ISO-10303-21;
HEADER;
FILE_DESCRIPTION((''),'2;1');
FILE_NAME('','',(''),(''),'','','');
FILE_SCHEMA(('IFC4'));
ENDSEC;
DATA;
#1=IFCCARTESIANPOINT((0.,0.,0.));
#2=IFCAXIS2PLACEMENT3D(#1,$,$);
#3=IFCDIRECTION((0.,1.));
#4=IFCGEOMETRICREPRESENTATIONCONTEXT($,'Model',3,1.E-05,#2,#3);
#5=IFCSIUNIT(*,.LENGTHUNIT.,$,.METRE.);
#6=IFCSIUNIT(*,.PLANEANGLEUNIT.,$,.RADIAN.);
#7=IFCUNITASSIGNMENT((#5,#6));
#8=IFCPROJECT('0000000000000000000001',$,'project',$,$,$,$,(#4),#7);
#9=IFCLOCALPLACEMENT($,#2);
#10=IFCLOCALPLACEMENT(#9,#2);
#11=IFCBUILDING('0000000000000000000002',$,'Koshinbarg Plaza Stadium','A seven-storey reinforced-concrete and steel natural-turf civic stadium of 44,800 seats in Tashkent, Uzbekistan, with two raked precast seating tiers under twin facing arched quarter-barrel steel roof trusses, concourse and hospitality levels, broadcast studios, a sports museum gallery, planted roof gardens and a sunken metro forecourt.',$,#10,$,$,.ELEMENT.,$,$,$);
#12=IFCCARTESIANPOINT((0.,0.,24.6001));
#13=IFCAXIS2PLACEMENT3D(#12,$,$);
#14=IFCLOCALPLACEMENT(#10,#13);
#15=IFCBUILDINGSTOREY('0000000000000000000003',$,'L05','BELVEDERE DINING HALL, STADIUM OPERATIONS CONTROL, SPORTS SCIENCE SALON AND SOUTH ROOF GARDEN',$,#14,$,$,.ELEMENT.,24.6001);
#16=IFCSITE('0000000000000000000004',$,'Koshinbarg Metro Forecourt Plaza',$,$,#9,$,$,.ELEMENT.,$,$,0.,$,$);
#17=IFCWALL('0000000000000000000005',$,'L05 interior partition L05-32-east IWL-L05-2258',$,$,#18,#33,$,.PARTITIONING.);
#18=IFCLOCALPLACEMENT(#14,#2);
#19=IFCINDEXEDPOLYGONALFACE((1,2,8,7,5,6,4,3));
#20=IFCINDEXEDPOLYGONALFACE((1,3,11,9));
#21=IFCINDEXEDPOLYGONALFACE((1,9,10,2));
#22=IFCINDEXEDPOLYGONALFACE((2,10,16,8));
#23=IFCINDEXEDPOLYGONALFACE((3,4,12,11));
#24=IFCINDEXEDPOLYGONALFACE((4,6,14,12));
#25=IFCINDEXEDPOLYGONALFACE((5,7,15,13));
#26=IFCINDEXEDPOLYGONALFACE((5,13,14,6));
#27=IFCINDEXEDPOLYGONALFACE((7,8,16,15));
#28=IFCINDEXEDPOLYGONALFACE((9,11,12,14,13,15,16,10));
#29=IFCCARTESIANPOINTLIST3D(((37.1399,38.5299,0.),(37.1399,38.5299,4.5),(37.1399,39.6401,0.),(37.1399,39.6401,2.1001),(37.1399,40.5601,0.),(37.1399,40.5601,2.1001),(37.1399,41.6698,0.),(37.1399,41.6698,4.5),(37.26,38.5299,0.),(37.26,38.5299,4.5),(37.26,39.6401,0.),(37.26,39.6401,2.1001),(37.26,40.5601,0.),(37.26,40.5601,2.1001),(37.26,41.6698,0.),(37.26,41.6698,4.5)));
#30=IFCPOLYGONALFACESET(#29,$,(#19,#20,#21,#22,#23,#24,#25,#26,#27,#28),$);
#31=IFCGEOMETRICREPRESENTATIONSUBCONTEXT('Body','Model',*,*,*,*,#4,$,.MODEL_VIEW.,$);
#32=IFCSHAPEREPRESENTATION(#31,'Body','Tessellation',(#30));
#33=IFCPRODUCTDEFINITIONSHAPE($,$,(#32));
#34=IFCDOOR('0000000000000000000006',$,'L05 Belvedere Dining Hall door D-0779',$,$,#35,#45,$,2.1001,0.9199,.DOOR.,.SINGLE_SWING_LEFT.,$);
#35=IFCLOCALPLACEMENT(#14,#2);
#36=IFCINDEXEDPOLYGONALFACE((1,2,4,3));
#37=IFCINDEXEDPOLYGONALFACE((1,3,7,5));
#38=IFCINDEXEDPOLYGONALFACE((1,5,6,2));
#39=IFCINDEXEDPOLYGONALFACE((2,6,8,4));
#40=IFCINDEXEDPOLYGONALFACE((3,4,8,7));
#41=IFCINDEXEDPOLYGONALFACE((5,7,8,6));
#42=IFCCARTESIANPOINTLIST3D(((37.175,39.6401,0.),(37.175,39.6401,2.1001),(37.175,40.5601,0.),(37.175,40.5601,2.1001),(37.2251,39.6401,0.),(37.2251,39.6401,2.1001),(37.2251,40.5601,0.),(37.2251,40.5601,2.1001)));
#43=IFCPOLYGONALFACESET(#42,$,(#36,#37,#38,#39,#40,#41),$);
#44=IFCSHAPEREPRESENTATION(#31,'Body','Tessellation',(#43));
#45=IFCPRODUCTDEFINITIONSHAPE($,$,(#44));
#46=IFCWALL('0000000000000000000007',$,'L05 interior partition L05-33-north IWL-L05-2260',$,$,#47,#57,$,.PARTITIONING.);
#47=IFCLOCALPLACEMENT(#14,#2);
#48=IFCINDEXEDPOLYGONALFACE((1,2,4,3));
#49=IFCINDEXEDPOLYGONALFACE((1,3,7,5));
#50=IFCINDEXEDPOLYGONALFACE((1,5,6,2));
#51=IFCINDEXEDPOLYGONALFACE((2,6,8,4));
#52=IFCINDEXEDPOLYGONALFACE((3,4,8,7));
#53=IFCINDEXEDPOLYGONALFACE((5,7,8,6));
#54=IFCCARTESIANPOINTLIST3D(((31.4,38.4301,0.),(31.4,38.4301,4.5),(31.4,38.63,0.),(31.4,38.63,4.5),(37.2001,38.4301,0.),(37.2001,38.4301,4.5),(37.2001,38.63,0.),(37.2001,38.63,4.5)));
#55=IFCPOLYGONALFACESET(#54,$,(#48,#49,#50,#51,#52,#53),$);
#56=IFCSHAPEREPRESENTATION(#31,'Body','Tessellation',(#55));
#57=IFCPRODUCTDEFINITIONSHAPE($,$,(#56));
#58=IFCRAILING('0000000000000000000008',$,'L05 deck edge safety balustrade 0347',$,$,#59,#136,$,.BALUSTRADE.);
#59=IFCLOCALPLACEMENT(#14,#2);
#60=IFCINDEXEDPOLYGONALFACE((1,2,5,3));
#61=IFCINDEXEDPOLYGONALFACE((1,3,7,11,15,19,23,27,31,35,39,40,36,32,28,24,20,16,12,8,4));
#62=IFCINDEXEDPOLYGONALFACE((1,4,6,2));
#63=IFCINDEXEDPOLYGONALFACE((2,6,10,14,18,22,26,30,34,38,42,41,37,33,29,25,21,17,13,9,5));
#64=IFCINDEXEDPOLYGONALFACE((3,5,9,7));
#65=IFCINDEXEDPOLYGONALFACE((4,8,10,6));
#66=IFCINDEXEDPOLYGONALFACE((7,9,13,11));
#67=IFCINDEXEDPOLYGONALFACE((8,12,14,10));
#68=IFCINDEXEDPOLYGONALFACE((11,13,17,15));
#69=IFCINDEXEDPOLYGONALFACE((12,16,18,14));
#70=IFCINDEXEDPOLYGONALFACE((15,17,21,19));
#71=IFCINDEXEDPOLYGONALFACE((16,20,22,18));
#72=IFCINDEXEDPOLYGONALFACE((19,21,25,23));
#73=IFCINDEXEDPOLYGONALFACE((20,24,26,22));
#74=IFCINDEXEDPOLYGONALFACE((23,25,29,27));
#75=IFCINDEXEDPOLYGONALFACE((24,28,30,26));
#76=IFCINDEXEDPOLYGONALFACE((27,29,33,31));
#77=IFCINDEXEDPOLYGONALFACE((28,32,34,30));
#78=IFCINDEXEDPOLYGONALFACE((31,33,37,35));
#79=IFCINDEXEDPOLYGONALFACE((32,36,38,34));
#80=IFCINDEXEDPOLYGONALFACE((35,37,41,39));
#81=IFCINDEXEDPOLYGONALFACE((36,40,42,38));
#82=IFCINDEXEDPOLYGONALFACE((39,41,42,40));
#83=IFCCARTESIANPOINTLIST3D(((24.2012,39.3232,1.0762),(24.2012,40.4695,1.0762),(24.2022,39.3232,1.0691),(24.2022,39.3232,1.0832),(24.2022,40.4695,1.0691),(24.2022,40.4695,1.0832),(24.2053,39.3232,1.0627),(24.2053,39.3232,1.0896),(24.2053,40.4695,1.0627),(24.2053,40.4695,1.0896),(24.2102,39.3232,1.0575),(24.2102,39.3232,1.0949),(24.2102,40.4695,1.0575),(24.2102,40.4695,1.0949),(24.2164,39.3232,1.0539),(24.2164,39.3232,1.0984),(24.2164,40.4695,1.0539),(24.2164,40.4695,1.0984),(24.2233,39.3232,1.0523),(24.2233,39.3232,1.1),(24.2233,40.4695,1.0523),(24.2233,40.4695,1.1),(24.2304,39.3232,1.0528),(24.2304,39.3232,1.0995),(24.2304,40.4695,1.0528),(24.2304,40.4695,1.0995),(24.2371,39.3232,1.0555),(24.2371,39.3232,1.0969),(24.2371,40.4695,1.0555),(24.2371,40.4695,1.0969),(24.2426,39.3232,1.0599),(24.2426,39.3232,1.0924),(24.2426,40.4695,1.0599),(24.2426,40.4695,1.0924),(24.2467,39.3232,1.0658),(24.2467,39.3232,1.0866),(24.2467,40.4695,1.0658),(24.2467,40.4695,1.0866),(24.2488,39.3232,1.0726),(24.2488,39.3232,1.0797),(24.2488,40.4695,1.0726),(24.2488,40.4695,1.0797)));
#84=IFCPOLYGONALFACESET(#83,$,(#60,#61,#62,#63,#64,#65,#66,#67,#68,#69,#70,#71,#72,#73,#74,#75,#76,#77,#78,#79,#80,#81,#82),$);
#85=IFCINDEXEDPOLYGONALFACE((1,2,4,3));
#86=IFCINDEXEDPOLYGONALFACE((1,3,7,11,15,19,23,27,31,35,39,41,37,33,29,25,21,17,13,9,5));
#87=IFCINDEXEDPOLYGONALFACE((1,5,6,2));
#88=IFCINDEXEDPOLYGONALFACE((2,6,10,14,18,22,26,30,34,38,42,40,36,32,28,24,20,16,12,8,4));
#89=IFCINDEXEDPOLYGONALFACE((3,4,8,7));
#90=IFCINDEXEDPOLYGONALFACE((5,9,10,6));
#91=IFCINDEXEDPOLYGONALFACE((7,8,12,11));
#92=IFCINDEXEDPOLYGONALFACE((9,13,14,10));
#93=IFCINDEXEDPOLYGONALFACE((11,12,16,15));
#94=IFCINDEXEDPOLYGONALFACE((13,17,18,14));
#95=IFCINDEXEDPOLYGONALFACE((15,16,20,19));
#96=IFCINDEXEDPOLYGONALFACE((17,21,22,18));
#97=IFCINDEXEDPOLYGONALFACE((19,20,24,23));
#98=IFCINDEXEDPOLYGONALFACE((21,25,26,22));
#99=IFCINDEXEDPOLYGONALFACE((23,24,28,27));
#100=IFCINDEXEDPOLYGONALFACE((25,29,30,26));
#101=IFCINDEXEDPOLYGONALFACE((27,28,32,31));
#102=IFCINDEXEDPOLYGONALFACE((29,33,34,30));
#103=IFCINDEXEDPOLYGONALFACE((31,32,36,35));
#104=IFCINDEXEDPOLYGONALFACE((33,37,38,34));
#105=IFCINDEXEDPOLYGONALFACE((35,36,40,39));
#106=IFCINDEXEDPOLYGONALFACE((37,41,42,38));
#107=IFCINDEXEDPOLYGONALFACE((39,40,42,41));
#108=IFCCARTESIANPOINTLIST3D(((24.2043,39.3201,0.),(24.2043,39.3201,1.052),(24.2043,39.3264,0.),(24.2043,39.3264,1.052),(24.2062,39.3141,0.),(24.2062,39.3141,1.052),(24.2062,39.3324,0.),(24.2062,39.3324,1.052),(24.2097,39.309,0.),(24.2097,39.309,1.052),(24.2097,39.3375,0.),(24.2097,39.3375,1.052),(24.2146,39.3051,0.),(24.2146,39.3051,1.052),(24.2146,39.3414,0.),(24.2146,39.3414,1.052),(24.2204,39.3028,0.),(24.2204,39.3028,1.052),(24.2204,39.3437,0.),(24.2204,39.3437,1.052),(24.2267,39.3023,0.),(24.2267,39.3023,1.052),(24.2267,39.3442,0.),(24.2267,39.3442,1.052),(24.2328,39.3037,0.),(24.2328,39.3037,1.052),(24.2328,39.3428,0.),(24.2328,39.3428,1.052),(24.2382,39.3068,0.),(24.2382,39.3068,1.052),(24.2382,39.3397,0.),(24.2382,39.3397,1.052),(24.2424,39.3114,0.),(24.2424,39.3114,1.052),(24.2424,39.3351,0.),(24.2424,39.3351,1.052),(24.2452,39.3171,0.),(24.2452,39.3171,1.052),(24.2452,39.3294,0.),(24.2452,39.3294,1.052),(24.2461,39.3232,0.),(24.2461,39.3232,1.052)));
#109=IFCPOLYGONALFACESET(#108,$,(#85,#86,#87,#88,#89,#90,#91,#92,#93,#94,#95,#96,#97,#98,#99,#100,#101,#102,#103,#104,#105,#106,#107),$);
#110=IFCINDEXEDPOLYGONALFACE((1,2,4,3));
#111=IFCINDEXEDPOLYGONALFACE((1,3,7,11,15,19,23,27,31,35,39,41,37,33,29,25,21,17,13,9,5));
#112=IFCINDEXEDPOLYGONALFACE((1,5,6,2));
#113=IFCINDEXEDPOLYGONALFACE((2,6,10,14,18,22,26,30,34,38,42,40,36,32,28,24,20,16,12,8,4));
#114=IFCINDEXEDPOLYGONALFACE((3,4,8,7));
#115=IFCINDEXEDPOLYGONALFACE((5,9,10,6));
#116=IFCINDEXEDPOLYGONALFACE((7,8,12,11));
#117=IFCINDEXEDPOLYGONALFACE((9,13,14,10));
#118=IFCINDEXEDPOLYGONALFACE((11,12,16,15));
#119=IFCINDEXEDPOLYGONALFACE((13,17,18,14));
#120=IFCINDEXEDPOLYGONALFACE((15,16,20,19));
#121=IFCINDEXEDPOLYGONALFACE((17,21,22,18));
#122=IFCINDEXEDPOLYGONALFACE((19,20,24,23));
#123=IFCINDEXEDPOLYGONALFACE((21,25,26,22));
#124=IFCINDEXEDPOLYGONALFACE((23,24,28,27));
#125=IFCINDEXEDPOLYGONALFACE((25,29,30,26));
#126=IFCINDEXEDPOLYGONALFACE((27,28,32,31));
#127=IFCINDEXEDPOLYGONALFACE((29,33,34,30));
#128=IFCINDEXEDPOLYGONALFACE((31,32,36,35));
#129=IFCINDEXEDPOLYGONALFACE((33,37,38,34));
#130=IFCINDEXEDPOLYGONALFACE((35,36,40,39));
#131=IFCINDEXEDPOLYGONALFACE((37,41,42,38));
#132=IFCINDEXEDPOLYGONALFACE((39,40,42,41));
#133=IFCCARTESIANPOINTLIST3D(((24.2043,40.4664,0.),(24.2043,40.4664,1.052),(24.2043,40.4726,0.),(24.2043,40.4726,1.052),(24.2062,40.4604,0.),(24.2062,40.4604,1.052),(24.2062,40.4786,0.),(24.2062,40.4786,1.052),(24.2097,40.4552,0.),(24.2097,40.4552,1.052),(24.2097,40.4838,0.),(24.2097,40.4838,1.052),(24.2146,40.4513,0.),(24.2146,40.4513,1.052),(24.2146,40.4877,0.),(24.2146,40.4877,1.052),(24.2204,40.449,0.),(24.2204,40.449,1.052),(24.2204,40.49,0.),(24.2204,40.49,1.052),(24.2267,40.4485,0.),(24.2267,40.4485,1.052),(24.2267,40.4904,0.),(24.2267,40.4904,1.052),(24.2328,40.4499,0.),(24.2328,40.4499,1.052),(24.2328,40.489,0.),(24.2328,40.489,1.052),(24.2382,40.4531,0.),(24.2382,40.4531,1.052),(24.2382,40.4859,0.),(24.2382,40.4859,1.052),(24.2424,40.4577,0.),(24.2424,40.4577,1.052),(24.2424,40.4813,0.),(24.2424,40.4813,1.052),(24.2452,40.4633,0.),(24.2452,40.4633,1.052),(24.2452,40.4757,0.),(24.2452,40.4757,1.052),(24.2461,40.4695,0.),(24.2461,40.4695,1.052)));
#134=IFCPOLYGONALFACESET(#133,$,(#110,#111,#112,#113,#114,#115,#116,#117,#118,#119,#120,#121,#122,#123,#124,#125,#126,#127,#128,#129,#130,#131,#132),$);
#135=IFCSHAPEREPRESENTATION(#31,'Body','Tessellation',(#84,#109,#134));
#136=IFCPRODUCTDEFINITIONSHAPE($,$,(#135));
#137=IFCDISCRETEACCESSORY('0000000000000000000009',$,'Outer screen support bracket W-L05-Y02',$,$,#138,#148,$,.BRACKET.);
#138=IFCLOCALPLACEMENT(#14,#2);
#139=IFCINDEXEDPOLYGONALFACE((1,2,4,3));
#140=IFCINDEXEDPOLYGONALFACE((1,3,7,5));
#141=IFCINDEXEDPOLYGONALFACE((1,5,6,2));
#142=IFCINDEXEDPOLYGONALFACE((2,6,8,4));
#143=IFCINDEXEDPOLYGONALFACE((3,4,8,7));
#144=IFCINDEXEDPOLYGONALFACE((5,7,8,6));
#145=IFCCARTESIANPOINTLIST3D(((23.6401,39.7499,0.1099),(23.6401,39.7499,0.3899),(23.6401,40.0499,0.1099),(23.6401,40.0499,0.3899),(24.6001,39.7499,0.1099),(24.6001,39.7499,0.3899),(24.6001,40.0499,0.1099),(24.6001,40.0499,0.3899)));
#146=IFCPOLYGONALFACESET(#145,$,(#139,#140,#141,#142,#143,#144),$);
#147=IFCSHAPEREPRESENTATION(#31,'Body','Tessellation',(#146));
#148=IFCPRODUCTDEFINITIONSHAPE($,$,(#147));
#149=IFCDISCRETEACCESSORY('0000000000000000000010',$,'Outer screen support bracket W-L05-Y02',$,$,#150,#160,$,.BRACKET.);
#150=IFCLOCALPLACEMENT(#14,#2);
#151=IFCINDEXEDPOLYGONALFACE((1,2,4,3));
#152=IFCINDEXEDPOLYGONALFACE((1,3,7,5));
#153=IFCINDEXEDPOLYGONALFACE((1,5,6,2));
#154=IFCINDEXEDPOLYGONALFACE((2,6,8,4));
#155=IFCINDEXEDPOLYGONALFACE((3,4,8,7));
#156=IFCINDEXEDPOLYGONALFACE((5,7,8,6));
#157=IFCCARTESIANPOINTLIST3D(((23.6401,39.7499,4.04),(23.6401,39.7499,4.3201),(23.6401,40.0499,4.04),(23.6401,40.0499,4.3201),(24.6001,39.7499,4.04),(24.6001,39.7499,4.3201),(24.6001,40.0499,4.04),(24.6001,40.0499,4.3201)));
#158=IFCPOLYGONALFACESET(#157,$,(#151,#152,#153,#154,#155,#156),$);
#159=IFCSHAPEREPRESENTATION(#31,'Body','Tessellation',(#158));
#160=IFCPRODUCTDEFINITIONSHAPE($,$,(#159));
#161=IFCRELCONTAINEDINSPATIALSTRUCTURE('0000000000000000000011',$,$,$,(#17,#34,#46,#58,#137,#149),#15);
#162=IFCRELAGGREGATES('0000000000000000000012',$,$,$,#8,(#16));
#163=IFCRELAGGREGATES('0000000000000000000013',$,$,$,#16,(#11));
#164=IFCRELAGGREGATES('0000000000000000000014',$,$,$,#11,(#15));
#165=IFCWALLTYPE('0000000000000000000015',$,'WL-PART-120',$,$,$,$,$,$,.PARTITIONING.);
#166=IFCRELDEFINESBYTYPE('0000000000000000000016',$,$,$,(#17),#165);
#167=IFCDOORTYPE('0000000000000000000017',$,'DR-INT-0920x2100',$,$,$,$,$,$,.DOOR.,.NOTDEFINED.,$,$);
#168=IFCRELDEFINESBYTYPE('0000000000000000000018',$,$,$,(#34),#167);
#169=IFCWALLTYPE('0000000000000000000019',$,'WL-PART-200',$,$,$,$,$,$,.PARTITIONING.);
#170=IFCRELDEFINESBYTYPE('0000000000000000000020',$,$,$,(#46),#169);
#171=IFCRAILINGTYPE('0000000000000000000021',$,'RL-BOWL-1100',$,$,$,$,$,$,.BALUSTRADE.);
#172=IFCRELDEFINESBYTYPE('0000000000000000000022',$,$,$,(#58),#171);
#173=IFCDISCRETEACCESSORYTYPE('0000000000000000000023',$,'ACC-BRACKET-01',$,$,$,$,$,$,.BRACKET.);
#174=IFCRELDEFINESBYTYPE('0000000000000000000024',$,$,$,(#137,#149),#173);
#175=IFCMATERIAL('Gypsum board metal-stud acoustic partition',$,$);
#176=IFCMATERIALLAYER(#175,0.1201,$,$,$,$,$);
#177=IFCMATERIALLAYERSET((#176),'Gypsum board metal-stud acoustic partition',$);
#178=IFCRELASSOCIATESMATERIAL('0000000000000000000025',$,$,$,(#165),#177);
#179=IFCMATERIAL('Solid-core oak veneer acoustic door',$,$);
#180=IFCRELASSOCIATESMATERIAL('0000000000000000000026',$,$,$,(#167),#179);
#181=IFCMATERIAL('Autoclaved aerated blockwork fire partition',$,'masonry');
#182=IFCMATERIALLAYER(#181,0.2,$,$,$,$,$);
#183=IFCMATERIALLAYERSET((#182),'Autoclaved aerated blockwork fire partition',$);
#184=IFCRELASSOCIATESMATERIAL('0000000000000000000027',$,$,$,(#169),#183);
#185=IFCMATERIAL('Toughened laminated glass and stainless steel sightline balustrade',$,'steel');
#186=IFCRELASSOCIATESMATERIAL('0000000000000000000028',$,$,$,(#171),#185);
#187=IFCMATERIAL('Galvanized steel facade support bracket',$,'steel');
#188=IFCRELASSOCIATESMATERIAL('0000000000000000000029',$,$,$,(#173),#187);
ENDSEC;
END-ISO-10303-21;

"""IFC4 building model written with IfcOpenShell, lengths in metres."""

from ifc_helpers import new_model, si_unit, direction, frame, frame_2d, origin, origin_2d, place, context, subcontext, project, spatial, rectangle, circle, extrude, material, layer, layer_set, type_object, element, fill, save


model = new_model("IFC4")

# Units and contexts
model_context = context("Model", 3, precision=1e-05, world=origin(), true_north=direction((0.0, 1.0)))
body_context = subcontext(model_context, "Body", "Model", "MODEL_VIEW")
ifc_project = project(units=[si_unit("LENGTHUNIT", "METRE"), si_unit("PLANEANGLEUNIT", "RADIAN")], contexts=[model_context])

# Site, building, storey
site_placement = place(None, origin())
site = spatial("IfcSite", under=ifc_project, at=site_placement, Name="Koshinbarg Metro Forecourt Plaza", CompositionType="ELEMENT", RefElevation=0.0)
building_placement = place(site_placement, origin())
building = spatial("IfcBuilding", under=site, at=building_placement, Name="Koshinbarg Plaza Stadium", Description="A seven-storey reinforced-concrete and steel natural-turf civic stadium of 44,800 seats in Tashkent, Uzbekistan, with two raked precast seating tiers under twin facing arched quarter-barrel steel roof trusses, concourse and hospitality levels, broadcast studios, a sports museum gallery, planted roof gardens and a sunken metro forecourt.", CompositionType="ELEMENT")
storey_placement = place(building_placement, frame((0.0, 0.0, 24.6001)))
storey = spatial("IfcBuildingStorey", under=building, at=storey_placement, Name="L05", Description="BELVEDERE DINING HALL, STADIUM OPERATIONS CONTROL, SPORTS SCIENCE SALON AND SOUTH ROOF GARDEN", CompositionType="ELEMENT", Elevation=24.6001)

# Wall, opening, door
ifc_material_1 = material(Name="Gypsum board metal-stud acoustic partition")
ifc_layer_1 = layer(ifc_material_1, 0.1201)
ifc_layer_set_1 = layer_set([ifc_layer_1], Name="Gypsum board metal-stud acoustic partition")
wall_type_1 = type_object("IfcWallType", Name="WL-PART-120", PredefinedType="PARTITIONING", material=ifc_layer_set_1)
wall_1_placement = place(storey_placement, frame((37.2, 38.53, 0.0), z_axis=(0.0, 0.0, 1.0), x_axis=(0.0, 1.0, 0.0)))
wall_1 = element("IfcWall", 1, at=wall_1_placement, inside=storey, type_object=wall_type_1, Name="L05 interior partition L05-32-east IWL-L05-2258", PredefinedType="PARTITIONING", context=body_context, shape_type="SweptSolid", body=[
    extrude(rectangle(XDim=3.1399, YDim=0.1201, at=frame_2d((1.5698, 0.0))), origin(), (0.0, 0.0, 1.0), 4.5),
])
opening_1_placement = place(wall_1_placement, frame((1.1101, 0.0, 0.0)))
opening_1 = element("IfcOpeningElement", 2, at=opening_1_placement, cuts=wall_1, PredefinedType="OPENING", context=body_context, shape_type="SweptSolid", body=[
    extrude(rectangle(XDim=0.9199, YDim=2.1001, at=frame_2d((0.46, 1.05))), frame((0.0, 0.0701, 0.0), z_axis=(0.0, -1.0, 0.0), x_axis=(1.0, 0.0, 0.0)), (0.0, 0.0, 1.0), 0.1401),
])
ifc_material_2 = material(Name="Solid-core oak veneer acoustic door")
door_type = type_object("IfcDoorType", Name="DR-INT-0920x2100", OperationType="NOTDEFINED", PredefinedType="DOOR", material=ifc_material_2)
door_placement = place(opening_1_placement, origin())
door = element("IfcDoor", 3, at=door_placement, inside=storey, type_object=door_type, Name="L05 Belvedere Dining Hall door D-0779", OperationType="SINGLE_SWING_LEFT", OverallHeight=2.1001, OverallWidth=0.9199, PredefinedType="DOOR", context=body_context, shape_type="SweptSolid", body=[
    extrude(rectangle(XDim=0.9199, YDim=2.1001, at=frame_2d((0.46, 1.05))), frame((0.0, 0.0249, 0.0), z_axis=(0.0, -1.0, 0.0), x_axis=(1.0, 0.0, 0.0)), (0.0, 0.0, 1.0), 0.05),
])
fill(opening_1, door)

# Wall
ifc_material_3 = material(Name="Autoclaved aerated blockwork fire partition", Category="masonry")
ifc_layer_2 = layer(ifc_material_3, 0.2)
ifc_layer_set_2 = layer_set([ifc_layer_2], Name="Autoclaved aerated blockwork fire partition")
wall_type_2 = type_object("IfcWallType", Name="WL-PART-200", PredefinedType="PARTITIONING", material=ifc_layer_set_2)
wall_2_placement = place(storey_placement, frame((37.2, 38.53, 0.0), z_axis=(0.0, 0.0, 1.0), x_axis=(-1.0, 0.0, 0.0)))
element("IfcWall", 4, at=wall_2_placement, inside=storey, type_object=wall_type_2, Name="L05 interior partition L05-33-north IWL-L05-2260", PredefinedType="PARTITIONING", context=body_context, shape_type="SweptSolid", body=[
    extrude(rectangle(XDim=5.8, YDim=0.2, at=frame_2d((2.8999, 0.0))), origin(), (0.0, 0.0, 1.0), 4.5),
])

# Railing
ifc_material_4 = material(Name="Toughened laminated glass and stainless steel sightline balustrade", Category="steel")
railing_type = type_object("IfcRailingType", Name="RL-BOWL-1100", PredefinedType="BALUSTRADE", material=ifc_material_4)
railing_placement = place(storey_placement, frame((24.2251, 39.3232, 0.0)))
element("IfcRailing", 5, at=railing_placement, inside=storey, type_object=railing_type, Name="L05 deck edge safety balustrade 0347", PredefinedType="BALUSTRADE", context=body_context, shape_type="SweptSolid", body=[
    extrude(circle(Radius=0.0239, at=origin_2d()), frame((0.0, 0.0, 1.0762), z_axis=(0.0, 1.0, 0.0), x_axis=(-1.0, 0.0, 0.0)), (0.0, 0.0, 1.0), 1.1462),
    extrude(circle(Radius=0.021, at=origin_2d()), origin(), (0.0, 0.0, 1.0), 1.052),
    extrude(circle(Radius=0.021, at=origin_2d()), frame((0.0, 1.1462, 0.0)), (0.0, 0.0, 1.0), 1.052),
])

# Discrete accessories
ifc_material_5 = material(Name="Galvanized steel facade support bracket", Category="steel")
discrete_accessory_type = type_object("IfcDiscreteAccessoryType", Name="ACC-BRACKET-01", PredefinedType="BRACKET", material=ifc_material_5)
for number, where, z_axis, x_axis, name in (
    (6, (24.1201, 39.8999, 0.1099), (0.0, 0.0, 1.0), (1.0, 0.0, 0.0), "Outer screen support bracket W-L05-Y02"),
    (7, (24.1201, 39.8999, 4.04), (0.0, 0.0, 1.0), (1.0, 0.0, 0.0), "Outer screen support bracket W-L05-Y02"),
):
    element("IfcDiscreteAccessory", number, at=place(storey_placement, frame(where, z_axis=z_axis, x_axis=x_axis)), inside=storey, type_object=discrete_accessory_type, Name=name, PredefinedType="BRACKET", context=body_context, shape_type="SweptSolid", body=[
        extrude(rectangle(XDim=0.96, YDim=0.3, at=origin_2d()), origin(), (0.0, 0.0, 1.0), 0.28),
    ])

save(model, "model.ifc")
